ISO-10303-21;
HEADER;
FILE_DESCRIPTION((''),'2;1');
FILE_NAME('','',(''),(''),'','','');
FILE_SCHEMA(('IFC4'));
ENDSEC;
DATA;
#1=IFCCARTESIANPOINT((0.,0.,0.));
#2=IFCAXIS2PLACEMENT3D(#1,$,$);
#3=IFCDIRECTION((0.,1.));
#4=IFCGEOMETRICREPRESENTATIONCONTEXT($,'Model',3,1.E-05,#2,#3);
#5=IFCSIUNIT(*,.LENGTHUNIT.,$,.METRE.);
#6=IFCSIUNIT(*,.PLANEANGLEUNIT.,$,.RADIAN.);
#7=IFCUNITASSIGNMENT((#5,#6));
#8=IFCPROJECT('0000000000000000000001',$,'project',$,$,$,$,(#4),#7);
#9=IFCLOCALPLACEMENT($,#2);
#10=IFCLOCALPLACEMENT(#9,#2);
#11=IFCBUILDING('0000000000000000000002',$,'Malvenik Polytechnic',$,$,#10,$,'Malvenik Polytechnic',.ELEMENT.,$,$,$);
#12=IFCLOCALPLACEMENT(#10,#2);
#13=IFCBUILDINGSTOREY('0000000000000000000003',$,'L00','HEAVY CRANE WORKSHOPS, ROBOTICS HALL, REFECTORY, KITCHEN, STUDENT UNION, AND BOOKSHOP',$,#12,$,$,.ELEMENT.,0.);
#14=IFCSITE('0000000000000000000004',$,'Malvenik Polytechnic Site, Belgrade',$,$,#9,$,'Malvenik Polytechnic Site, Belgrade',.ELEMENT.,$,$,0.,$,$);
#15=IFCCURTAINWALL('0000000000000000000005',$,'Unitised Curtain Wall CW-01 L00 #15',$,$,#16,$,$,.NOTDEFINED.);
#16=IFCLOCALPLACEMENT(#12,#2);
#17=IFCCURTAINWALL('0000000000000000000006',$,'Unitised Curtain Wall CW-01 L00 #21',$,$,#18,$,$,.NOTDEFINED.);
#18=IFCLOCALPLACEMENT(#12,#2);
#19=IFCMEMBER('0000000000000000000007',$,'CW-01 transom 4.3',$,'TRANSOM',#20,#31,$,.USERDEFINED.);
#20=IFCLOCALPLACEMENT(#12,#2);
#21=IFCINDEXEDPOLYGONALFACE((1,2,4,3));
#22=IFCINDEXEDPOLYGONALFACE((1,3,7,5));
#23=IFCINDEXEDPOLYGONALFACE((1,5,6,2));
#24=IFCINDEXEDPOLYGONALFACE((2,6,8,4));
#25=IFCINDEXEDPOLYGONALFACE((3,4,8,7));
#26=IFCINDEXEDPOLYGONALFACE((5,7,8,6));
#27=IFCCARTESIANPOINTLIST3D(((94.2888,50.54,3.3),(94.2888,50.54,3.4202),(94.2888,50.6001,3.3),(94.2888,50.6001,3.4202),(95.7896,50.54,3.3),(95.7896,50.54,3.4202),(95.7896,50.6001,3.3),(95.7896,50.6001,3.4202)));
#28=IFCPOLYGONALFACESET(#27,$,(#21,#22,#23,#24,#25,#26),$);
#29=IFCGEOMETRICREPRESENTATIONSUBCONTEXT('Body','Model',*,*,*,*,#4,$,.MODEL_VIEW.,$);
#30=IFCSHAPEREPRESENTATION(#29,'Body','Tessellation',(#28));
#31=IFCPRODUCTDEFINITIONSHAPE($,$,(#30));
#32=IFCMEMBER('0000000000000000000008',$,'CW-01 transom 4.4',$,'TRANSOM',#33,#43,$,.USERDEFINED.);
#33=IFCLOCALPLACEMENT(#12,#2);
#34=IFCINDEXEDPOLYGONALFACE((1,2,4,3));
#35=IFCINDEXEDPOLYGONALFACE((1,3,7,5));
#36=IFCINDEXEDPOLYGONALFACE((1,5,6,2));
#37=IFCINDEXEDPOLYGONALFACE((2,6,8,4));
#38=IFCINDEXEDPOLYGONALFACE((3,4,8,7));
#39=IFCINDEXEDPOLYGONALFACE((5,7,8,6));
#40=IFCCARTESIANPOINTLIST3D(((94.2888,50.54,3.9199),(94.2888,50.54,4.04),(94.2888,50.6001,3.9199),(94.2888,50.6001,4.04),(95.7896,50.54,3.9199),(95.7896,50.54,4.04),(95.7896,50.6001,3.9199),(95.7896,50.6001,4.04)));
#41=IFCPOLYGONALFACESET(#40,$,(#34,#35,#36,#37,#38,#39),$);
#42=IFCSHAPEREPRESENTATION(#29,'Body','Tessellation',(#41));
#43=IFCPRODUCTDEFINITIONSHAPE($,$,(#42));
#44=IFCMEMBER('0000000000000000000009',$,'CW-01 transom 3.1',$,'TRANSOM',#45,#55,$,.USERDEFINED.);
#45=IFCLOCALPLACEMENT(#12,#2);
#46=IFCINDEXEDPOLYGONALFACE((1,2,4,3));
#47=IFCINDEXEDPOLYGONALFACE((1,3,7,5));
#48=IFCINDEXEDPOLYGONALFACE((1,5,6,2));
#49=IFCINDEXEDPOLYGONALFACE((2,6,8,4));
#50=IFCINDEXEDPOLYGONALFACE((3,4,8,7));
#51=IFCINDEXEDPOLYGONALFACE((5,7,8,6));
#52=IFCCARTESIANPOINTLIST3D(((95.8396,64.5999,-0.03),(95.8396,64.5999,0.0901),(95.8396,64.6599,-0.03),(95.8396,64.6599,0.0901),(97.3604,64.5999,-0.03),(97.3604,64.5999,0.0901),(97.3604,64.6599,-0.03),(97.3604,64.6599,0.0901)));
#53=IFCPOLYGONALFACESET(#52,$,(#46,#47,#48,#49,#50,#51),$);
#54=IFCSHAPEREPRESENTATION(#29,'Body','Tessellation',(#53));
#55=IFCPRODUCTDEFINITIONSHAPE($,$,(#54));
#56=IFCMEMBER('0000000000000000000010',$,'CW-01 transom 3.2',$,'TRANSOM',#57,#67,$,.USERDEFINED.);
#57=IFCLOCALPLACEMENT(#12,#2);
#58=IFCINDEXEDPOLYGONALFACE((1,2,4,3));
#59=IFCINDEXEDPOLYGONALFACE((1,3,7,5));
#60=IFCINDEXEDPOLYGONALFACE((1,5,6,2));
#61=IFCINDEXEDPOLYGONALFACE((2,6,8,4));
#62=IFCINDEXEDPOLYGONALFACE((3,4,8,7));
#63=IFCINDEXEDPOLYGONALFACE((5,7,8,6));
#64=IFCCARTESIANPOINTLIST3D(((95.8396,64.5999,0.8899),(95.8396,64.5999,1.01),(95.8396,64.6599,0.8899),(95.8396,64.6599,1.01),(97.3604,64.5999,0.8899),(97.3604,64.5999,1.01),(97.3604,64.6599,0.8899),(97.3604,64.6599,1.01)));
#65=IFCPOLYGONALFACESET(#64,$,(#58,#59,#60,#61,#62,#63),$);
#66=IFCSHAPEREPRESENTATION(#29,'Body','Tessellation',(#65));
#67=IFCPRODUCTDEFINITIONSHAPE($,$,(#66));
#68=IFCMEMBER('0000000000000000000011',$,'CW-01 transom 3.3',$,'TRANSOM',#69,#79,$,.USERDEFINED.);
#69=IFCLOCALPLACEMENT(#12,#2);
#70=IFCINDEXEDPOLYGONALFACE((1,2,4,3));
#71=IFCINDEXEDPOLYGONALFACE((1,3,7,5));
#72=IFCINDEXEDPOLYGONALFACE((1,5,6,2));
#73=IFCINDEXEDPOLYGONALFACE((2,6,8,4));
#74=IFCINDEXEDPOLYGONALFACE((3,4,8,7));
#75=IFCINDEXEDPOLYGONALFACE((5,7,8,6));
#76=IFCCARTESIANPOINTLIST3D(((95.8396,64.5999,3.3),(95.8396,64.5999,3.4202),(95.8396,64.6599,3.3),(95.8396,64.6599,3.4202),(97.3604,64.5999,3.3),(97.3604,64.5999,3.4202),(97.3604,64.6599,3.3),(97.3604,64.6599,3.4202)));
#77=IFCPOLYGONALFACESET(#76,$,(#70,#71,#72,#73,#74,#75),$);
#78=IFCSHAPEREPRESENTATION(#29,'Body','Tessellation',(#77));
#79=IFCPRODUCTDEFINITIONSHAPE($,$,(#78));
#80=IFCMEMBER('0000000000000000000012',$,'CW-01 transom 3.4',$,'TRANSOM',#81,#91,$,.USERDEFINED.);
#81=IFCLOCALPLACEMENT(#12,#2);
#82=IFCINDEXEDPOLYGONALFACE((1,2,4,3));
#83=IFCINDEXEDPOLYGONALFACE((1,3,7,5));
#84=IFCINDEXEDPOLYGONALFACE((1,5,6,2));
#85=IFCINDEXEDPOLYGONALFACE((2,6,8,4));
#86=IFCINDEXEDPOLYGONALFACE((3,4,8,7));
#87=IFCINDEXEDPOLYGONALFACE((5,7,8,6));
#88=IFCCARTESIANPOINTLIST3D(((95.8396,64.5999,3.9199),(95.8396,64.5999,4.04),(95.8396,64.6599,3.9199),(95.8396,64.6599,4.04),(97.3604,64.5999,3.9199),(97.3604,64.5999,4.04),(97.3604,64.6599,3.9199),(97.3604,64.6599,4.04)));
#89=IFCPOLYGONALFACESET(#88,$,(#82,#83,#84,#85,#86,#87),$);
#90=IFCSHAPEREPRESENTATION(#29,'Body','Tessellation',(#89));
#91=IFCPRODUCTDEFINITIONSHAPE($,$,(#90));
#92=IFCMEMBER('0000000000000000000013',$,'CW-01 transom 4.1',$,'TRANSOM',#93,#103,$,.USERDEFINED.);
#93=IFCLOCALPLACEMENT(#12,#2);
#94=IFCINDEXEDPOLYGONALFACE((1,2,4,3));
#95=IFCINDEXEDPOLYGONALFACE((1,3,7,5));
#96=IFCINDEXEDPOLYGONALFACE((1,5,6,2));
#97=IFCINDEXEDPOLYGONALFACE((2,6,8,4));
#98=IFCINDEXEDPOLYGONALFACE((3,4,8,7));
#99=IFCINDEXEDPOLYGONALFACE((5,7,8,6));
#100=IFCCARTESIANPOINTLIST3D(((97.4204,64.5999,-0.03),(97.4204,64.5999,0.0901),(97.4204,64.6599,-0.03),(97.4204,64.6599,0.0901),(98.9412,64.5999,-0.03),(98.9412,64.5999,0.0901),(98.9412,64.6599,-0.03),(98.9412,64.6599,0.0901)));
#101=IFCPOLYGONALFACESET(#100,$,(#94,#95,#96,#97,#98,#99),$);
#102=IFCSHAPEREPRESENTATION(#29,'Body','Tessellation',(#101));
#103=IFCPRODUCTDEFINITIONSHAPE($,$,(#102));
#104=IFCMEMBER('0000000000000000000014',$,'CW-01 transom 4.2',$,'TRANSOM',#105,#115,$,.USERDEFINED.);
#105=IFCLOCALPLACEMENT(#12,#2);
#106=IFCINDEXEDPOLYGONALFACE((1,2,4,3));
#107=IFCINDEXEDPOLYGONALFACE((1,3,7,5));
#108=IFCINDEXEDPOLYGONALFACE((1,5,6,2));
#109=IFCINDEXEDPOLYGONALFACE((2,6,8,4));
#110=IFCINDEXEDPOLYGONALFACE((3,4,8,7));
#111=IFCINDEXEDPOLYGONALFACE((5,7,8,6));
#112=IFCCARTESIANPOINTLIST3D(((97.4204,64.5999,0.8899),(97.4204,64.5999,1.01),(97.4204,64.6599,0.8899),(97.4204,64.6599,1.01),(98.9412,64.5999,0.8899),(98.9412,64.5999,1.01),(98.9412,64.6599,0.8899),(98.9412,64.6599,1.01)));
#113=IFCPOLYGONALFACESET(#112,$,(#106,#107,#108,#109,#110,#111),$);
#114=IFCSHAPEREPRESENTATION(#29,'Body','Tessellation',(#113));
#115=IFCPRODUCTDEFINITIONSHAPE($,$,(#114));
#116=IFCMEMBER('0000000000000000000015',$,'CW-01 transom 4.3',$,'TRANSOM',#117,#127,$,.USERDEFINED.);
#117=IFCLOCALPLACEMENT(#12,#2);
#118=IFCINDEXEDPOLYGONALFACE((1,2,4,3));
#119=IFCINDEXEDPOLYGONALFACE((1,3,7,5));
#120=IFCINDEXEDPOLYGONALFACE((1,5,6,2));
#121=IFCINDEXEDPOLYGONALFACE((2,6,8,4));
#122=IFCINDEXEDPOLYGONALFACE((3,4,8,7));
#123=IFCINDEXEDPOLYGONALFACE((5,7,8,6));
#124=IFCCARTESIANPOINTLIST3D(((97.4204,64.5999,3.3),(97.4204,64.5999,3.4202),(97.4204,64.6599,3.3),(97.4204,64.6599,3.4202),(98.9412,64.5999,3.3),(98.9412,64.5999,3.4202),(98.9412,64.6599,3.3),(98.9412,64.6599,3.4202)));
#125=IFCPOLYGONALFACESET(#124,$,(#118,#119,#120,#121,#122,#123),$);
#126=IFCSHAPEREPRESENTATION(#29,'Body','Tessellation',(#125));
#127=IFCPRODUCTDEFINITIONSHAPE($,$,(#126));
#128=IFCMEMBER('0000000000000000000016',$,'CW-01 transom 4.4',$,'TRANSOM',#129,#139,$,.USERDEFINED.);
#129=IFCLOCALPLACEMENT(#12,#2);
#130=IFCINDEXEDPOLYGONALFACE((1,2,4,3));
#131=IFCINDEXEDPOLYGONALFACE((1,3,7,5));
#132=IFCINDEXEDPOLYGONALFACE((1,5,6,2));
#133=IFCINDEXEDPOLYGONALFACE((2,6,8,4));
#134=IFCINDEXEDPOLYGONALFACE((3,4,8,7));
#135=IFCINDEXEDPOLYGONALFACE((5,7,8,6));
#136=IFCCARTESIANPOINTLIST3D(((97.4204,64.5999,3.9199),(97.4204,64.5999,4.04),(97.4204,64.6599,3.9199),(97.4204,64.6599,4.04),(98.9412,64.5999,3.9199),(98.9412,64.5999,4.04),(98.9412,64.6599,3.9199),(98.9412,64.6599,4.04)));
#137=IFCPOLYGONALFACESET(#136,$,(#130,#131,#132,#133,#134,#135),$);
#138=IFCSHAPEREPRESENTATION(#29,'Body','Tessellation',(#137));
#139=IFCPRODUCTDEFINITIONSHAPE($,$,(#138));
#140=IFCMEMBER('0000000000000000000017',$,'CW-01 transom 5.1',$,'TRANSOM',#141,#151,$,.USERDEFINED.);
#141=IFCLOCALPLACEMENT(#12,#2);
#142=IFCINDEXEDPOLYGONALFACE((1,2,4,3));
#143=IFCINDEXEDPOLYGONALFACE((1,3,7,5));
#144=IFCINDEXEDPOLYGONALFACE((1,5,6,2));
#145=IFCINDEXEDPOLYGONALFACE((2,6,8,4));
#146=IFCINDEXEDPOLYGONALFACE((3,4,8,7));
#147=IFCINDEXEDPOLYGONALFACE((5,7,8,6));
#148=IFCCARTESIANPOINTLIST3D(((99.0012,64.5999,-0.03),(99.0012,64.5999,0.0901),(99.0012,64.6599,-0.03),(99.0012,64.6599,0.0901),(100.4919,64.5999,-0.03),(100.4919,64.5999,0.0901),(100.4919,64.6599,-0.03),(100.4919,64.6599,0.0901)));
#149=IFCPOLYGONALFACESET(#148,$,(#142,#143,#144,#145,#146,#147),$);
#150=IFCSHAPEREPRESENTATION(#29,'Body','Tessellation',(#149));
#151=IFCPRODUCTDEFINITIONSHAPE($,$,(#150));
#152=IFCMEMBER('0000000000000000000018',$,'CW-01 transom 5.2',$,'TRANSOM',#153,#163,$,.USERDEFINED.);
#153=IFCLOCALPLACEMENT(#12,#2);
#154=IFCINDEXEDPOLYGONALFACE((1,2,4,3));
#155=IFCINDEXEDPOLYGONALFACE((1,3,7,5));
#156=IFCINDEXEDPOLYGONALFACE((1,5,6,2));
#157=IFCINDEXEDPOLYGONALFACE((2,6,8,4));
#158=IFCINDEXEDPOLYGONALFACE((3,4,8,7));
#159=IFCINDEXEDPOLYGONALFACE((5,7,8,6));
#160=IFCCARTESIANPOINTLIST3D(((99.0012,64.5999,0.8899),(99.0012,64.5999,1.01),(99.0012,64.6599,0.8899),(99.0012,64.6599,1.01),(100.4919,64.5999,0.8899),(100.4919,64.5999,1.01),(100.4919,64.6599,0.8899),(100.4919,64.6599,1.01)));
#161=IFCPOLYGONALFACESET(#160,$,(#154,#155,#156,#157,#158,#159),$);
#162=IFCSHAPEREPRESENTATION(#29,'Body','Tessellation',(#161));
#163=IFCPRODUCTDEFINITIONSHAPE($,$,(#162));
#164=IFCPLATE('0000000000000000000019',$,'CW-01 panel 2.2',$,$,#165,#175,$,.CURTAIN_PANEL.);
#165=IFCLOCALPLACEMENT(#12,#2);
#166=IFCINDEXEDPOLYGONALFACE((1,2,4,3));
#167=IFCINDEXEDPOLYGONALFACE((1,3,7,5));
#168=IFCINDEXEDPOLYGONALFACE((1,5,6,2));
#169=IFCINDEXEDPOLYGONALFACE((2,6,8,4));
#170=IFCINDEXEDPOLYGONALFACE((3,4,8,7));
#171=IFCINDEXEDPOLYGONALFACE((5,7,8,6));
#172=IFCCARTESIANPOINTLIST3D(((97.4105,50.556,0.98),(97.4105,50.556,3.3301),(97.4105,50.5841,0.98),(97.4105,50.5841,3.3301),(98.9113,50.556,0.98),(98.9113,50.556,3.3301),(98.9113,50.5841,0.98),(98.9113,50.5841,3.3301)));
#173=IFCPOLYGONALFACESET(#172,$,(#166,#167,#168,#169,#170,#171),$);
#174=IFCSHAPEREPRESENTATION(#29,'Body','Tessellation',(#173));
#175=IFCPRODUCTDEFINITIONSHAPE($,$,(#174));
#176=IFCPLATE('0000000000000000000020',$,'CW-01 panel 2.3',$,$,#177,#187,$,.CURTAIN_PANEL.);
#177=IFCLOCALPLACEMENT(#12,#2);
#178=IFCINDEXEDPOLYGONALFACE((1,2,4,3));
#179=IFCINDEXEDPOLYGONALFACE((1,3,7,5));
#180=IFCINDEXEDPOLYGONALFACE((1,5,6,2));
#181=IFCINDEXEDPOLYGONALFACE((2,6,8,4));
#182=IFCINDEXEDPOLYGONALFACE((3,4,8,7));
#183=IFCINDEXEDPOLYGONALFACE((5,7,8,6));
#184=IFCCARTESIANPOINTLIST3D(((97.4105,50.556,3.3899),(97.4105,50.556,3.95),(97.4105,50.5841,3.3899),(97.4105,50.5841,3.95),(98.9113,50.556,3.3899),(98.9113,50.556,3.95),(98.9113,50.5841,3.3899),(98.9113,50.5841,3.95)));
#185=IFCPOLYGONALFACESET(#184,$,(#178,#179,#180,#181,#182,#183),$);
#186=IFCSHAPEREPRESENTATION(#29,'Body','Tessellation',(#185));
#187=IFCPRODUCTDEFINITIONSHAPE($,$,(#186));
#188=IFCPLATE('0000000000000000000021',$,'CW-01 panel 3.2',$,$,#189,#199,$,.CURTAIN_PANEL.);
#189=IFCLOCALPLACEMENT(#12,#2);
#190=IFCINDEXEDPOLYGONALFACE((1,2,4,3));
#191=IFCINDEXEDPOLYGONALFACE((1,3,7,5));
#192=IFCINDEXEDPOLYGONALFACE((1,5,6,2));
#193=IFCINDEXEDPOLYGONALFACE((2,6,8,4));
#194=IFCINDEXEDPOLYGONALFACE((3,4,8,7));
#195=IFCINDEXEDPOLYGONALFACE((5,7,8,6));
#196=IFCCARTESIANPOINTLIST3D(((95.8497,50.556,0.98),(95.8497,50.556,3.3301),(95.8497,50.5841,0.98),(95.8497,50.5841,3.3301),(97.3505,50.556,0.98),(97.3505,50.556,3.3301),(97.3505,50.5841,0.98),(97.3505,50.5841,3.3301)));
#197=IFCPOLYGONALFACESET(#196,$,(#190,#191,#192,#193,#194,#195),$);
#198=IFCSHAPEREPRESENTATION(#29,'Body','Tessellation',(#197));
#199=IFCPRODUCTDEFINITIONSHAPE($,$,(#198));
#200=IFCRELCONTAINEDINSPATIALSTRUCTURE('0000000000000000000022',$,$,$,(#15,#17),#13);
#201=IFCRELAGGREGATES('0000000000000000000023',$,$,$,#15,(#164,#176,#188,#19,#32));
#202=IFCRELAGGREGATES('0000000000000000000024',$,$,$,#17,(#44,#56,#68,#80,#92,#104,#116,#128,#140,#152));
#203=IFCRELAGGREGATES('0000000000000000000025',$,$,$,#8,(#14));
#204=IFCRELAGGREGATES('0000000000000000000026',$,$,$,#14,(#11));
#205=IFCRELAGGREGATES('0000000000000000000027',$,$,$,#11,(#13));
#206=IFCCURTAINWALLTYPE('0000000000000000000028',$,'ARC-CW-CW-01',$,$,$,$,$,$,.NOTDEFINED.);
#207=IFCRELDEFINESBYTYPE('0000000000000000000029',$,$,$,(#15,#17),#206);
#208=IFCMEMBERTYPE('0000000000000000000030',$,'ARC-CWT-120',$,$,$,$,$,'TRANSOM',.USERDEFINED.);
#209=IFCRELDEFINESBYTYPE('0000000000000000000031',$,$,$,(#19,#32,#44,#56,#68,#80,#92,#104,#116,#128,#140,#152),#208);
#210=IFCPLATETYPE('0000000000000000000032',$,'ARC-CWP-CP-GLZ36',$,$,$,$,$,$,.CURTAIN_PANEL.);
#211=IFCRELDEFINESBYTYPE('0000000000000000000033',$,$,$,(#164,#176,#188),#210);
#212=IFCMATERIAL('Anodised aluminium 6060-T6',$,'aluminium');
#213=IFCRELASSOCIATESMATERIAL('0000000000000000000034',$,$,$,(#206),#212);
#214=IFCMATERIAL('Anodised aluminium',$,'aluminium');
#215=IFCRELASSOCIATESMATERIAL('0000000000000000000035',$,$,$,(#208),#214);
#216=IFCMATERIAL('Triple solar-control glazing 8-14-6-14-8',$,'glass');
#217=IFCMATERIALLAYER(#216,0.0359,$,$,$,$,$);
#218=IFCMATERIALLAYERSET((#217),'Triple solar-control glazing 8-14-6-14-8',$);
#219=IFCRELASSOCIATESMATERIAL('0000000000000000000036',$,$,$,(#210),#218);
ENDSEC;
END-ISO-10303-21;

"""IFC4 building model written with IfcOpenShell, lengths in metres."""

from ifc_helpers import new_model, si_unit, direction, frame, origin, origin_2d, place, context, subcontext, project, spatial, rectangle, extrude, material, layer, layer_set, material_profile, profile_set, type_object, element, aggregate, save


model = new_model("IFC4")

# Units and contexts
model_context = context("Model", 3, precision=1e-05, world=origin(), true_north=direction((0.0, 1.0)))
body_context = subcontext(model_context, "Body", "Model", "MODEL_VIEW")
ifc_project = project(units=[si_unit("LENGTHUNIT", "METRE"), si_unit("PLANEANGLEUNIT", "RADIAN")], contexts=[model_context])

# Site, building, storey
site_placement = place(None, origin())
site = spatial("IfcSite", under=ifc_project, at=site_placement, Name="Malvenik Polytechnic Site, Belgrade", LongName="Malvenik Polytechnic Site, Belgrade", CompositionType="ELEMENT", RefElevation=0.0)
building_placement = place(site_placement, origin())
building = spatial("IfcBuilding", under=site, at=building_placement, Name="Malvenik Polytechnic", LongName="Malvenik Polytechnic", CompositionType="ELEMENT")
storey_placement = place(building_placement, origin())
storey = spatial("IfcBuildingStorey", under=building, at=storey_placement, Name="L00", Description="HEAVY CRANE WORKSHOPS, ROBOTICS HALL, REFECTORY, KITCHEN, STUDENT UNION, AND BOOKSHOP", CompositionType="ELEMENT", Elevation=0.0)

# Curtain walls
ifc_material_1 = material(Name="Anodised aluminium 6060-T6", Category="aluminium")
curtain_wall_type = type_object("IfcCurtainWallType", Name="ARC-CW-CW-01", PredefinedType="NOTDEFINED", material=ifc_material_1)
curtain_wall_1_placement = place(storey_placement, origin())
curtain_wall_1 = element("IfcCurtainWall", 1, at=curtain_wall_1_placement, inside=storey, type_object=curtain_wall_type, Name="Unitised Curtain Wall CW-01 L00 #15", PredefinedType="NOTDEFINED")
ifc_material_2 = material(Name="Anodised aluminium", Category="aluminium")
curtain_wall_2_placement = place(storey_placement, origin())
curtain_wall_2 = element("IfcCurtainWall", 2, at=curtain_wall_2_placement, inside=storey, type_object=curtain_wall_type, Name="Unitised Curtain Wall CW-01 L00 #21", PredefinedType="NOTDEFINED")

# Members
ifc_material_profile_1 = material_profile(ifc_material_2, rectangle(XDim=0.0601, YDim=0.1201, at=origin_2d()), Name="ALU TRANSOM 60x120")
ifc_profile_set_1 = profile_set([ifc_material_profile_1], Name="Anodised aluminium")
member_type_1 = type_object("IfcMemberType", Name="ARC-CWT-120", ElementType="TRANSOM", PredefinedType="USERDEFINED", material=ifc_profile_set_1)
member_1_placement = place(storey_placement, frame((95.7896, 50.5701, 3.3601), z_axis=(-1.0, 0.0, 0.0), x_axis=(0.0, -1.0, 0.0)))
member_1 = element("IfcMember", 3, at=member_1_placement, type_object=member_type_1, Name="CW-01 transom 4.3", ObjectType="TRANSOM", PredefinedType="USERDEFINED", context=body_context, shape_type="SweptSolid", body=[
    extrude(rectangle(XDim=0.0601, YDim=0.1201, at=origin_2d()), origin(), (0.0, 0.0, 1.0), 1.5007),
])
member_2_placement = place(storey_placement, frame((95.7896, 50.5701, 3.98), z_axis=(-1.0, 0.0, 0.0), x_axis=(0.0, -1.0, 0.0)))
member_2 = element("IfcMember", 4, at=member_2_placement, type_object=member_type_1, Name="CW-01 transom 4.4", ObjectType="TRANSOM", PredefinedType="USERDEFINED", context=body_context, shape_type="SweptSolid", body=[
    extrude(rectangle(XDim=0.0601, YDim=0.1201, at=origin_2d()), origin(), (0.0, 0.0, 1.0), 1.5007),
])
member_3_placement = place(storey_placement, frame((95.8396, 64.6299, 0.03), z_axis=(1.0, 0.0, 0.0), x_axis=(0.0, 1.0, 0.0)))
member_3 = element("IfcMember", 5, at=member_3_placement, type_object=member_type_1, Name="CW-01 transom 3.1", ObjectType="TRANSOM", PredefinedType="USERDEFINED", context=body_context, shape_type="SweptSolid", body=[
    extrude(rectangle(XDim=0.0601, YDim=0.1201, at=origin_2d()), origin(), (0.0, 0.0, 1.0), 1.5208),
])
member_4_placement = place(storey_placement, frame((95.8396, 64.6299, 0.95), z_axis=(1.0, 0.0, 0.0), x_axis=(0.0, 1.0, 0.0)))
member_4 = element("IfcMember", 6, at=member_4_placement, type_object=member_type_1, Name="CW-01 transom 3.2", ObjectType="TRANSOM", PredefinedType="USERDEFINED", context=body_context, shape_type="SweptSolid", body=[
    extrude(rectangle(XDim=0.0601, YDim=0.1201, at=origin_2d()), origin(), (0.0, 0.0, 1.0), 1.5208),
])
member_5_placement = place(storey_placement, frame((95.8396, 64.6299, 3.3601), z_axis=(1.0, 0.0, 0.0), x_axis=(0.0, 1.0, 0.0)))
member_5 = element("IfcMember", 7, at=member_5_placement, type_object=member_type_1, Name="CW-01 transom 3.3", ObjectType="TRANSOM", PredefinedType="USERDEFINED", context=body_context, shape_type="SweptSolid", body=[
    extrude(rectangle(XDim=0.0601, YDim=0.1201, at=origin_2d()), origin(), (0.0, 0.0, 1.0), 1.5208),
])
member_6_placement = place(storey_placement, frame((95.8396, 64.6299, 3.98), z_axis=(1.0, 0.0, 0.0), x_axis=(0.0, 1.0, 0.0)))
member_6 = element("IfcMember", 8, at=member_6_placement, type_object=member_type_1, Name="CW-01 transom 3.4", ObjectType="TRANSOM", PredefinedType="USERDEFINED", context=body_context, shape_type="SweptSolid", body=[
    extrude(rectangle(XDim=0.0601, YDim=0.1201, at=origin_2d()), origin(), (0.0, 0.0, 1.0), 1.5208),
])
member_7_placement = place(storey_placement, frame((97.4204, 64.6299, 0.03), z_axis=(1.0, 0.0, 0.0), x_axis=(0.0, 1.0, 0.0)))
member_7 = element("IfcMember", 9, at=member_7_placement, type_object=member_type_1, Name="CW-01 transom 4.1", ObjectType="TRANSOM", PredefinedType="USERDEFINED", context=body_context, shape_type="SweptSolid", body=[
    extrude(rectangle(XDim=0.0601, YDim=0.1201, at=origin_2d()), origin(), (0.0, 0.0, 1.0), 1.5208),
])
member_8_placement = place(storey_placement, frame((97.4204, 64.6299, 0.95), z_axis=(1.0, 0.0, 0.0), x_axis=(0.0, 1.0, 0.0)))
member_8 = element("IfcMember", 10, at=member_8_placement, type_object=member_type_1, Name="CW-01 transom 4.2", ObjectType="TRANSOM", PredefinedType="USERDEFINED", context=body_context, shape_type="SweptSolid", body=[
    extrude(rectangle(XDim=0.0601, YDim=0.1201, at=origin_2d()), origin(), (0.0, 0.0, 1.0), 1.5208),
])
member_9_placement = place(storey_placement, frame((97.4204, 64.6299, 3.3601), z_axis=(1.0, 0.0, 0.0), x_axis=(0.0, 1.0, 0.0)))
member_9 = element("IfcMember", 11, at=member_9_placement, type_object=member_type_1, Name="CW-01 transom 4.3", ObjectType="TRANSOM", PredefinedType="USERDEFINED", context=body_context, shape_type="SweptSolid", body=[
    extrude(rectangle(XDim=0.0601, YDim=0.1201, at=origin_2d()), origin(), (0.0, 0.0, 1.0), 1.5208),
])
member_10_placement = place(storey_placement, frame((97.4204, 64.6299, 3.98), z_axis=(1.0, 0.0, 0.0), x_axis=(0.0, 1.0, 0.0)))
member_10 = element("IfcMember", 12, at=member_10_placement, type_object=member_type_1, Name="CW-01 transom 4.4", ObjectType="TRANSOM", PredefinedType="USERDEFINED", context=body_context, shape_type="SweptSolid", body=[
    extrude(rectangle(XDim=0.0601, YDim=0.1201, at=origin_2d()), origin(), (0.0, 0.0, 1.0), 1.5208),
])
member_11_placement = place(storey_placement, frame((99.0012, 64.6299, 0.03), z_axis=(1.0, 0.0, 0.0), x_axis=(0.0, 1.0, 0.0)))
member_11 = element("IfcMember", 13, at=member_11_placement, type_object=member_type_1, Name="CW-01 transom 5.1", ObjectType="TRANSOM", PredefinedType="USERDEFINED", context=body_context, shape_type="SweptSolid", body=[
    extrude(rectangle(XDim=0.0601, YDim=0.1201, at=origin_2d()), origin(), (0.0, 0.0, 1.0), 1.4907),
])
member_12_placement = place(storey_placement, frame((99.0012, 64.6299, 0.95), z_axis=(1.0, 0.0, 0.0), x_axis=(0.0, 1.0, 0.0)))
member_12 = element("IfcMember", 14, at=member_12_placement, type_object=member_type_1, Name="CW-01 transom 5.2", ObjectType="TRANSOM", PredefinedType="USERDEFINED", context=body_context, shape_type="SweptSolid", body=[
    extrude(rectangle(XDim=0.0601, YDim=0.1201, at=origin_2d()), origin(), (0.0, 0.0, 1.0), 1.4907),
])

# Plates
ifc_material_3 = material(Name="Triple solar-control glazing 8-14-6-14-8", Category="glass")
ifc_layer_1 = layer(ifc_material_3, 0.0359)
ifc_layer_set_1 = layer_set([ifc_layer_1], Name="Triple solar-control glazing 8-14-6-14-8")
plate_type_1 = type_object("IfcPlateType", Name="ARC-CWP-CP-GLZ36", PredefinedType="CURTAIN_PANEL", material=ifc_layer_set_1)
plate_1_placement = place(storey_placement, frame((98.1609, 50.5701, 0.98), z_axis=(0.0, 0.0, 1.0), x_axis=(-1.0, 0.0, 0.0)))
plate_1 = element("IfcPlate", 15, at=plate_1_placement, type_object=plate_type_1, Name="CW-01 panel 2.2", PredefinedType="CURTAIN_PANEL", context=body_context, shape_type="SweptSolid", body=[
    extrude(rectangle(XDim=1.5007, YDim=0.0281, at=origin_2d()), origin(), (0.0, 0.0, 1.0), 2.3501),
])
plate_2_placement = place(storey_placement, frame((98.1609, 50.5701, 3.3899), z_axis=(0.0, 0.0, 1.0), x_axis=(-1.0, 0.0, 0.0)))
plate_2 = element("IfcPlate", 16, at=plate_2_placement, type_object=plate_type_1, Name="CW-01 panel 2.3", PredefinedType="CURTAIN_PANEL", context=body_context, shape_type="SweptSolid", body=[
    extrude(rectangle(XDim=1.5007, YDim=0.0281, at=origin_2d()), origin(), (0.0, 0.0, 1.0), 0.5601),
])
plate_3_placement = place(storey_placement, frame((96.6001, 50.5701, 0.98), z_axis=(0.0, 0.0, 1.0), x_axis=(-1.0, 0.0, 0.0)))
plate_3 = element("IfcPlate", 17, at=plate_3_placement, type_object=plate_type_1, Name="CW-01 panel 3.2", PredefinedType="CURTAIN_PANEL", context=body_context, shape_type="SweptSolid", body=[
    extrude(rectangle(XDim=1.5007, YDim=0.0281, at=origin_2d()), origin(), (0.0, 0.0, 1.0), 2.3501),
])
aggregate(curtain_wall_1, [plate_1, plate_2, plate_3, member_1, member_2])
aggregate(curtain_wall_2, [member_3, member_4, member_5, member_6, member_7, member_8, member_9, member_10, member_11, member_12])

save(model, "model.ifc")
